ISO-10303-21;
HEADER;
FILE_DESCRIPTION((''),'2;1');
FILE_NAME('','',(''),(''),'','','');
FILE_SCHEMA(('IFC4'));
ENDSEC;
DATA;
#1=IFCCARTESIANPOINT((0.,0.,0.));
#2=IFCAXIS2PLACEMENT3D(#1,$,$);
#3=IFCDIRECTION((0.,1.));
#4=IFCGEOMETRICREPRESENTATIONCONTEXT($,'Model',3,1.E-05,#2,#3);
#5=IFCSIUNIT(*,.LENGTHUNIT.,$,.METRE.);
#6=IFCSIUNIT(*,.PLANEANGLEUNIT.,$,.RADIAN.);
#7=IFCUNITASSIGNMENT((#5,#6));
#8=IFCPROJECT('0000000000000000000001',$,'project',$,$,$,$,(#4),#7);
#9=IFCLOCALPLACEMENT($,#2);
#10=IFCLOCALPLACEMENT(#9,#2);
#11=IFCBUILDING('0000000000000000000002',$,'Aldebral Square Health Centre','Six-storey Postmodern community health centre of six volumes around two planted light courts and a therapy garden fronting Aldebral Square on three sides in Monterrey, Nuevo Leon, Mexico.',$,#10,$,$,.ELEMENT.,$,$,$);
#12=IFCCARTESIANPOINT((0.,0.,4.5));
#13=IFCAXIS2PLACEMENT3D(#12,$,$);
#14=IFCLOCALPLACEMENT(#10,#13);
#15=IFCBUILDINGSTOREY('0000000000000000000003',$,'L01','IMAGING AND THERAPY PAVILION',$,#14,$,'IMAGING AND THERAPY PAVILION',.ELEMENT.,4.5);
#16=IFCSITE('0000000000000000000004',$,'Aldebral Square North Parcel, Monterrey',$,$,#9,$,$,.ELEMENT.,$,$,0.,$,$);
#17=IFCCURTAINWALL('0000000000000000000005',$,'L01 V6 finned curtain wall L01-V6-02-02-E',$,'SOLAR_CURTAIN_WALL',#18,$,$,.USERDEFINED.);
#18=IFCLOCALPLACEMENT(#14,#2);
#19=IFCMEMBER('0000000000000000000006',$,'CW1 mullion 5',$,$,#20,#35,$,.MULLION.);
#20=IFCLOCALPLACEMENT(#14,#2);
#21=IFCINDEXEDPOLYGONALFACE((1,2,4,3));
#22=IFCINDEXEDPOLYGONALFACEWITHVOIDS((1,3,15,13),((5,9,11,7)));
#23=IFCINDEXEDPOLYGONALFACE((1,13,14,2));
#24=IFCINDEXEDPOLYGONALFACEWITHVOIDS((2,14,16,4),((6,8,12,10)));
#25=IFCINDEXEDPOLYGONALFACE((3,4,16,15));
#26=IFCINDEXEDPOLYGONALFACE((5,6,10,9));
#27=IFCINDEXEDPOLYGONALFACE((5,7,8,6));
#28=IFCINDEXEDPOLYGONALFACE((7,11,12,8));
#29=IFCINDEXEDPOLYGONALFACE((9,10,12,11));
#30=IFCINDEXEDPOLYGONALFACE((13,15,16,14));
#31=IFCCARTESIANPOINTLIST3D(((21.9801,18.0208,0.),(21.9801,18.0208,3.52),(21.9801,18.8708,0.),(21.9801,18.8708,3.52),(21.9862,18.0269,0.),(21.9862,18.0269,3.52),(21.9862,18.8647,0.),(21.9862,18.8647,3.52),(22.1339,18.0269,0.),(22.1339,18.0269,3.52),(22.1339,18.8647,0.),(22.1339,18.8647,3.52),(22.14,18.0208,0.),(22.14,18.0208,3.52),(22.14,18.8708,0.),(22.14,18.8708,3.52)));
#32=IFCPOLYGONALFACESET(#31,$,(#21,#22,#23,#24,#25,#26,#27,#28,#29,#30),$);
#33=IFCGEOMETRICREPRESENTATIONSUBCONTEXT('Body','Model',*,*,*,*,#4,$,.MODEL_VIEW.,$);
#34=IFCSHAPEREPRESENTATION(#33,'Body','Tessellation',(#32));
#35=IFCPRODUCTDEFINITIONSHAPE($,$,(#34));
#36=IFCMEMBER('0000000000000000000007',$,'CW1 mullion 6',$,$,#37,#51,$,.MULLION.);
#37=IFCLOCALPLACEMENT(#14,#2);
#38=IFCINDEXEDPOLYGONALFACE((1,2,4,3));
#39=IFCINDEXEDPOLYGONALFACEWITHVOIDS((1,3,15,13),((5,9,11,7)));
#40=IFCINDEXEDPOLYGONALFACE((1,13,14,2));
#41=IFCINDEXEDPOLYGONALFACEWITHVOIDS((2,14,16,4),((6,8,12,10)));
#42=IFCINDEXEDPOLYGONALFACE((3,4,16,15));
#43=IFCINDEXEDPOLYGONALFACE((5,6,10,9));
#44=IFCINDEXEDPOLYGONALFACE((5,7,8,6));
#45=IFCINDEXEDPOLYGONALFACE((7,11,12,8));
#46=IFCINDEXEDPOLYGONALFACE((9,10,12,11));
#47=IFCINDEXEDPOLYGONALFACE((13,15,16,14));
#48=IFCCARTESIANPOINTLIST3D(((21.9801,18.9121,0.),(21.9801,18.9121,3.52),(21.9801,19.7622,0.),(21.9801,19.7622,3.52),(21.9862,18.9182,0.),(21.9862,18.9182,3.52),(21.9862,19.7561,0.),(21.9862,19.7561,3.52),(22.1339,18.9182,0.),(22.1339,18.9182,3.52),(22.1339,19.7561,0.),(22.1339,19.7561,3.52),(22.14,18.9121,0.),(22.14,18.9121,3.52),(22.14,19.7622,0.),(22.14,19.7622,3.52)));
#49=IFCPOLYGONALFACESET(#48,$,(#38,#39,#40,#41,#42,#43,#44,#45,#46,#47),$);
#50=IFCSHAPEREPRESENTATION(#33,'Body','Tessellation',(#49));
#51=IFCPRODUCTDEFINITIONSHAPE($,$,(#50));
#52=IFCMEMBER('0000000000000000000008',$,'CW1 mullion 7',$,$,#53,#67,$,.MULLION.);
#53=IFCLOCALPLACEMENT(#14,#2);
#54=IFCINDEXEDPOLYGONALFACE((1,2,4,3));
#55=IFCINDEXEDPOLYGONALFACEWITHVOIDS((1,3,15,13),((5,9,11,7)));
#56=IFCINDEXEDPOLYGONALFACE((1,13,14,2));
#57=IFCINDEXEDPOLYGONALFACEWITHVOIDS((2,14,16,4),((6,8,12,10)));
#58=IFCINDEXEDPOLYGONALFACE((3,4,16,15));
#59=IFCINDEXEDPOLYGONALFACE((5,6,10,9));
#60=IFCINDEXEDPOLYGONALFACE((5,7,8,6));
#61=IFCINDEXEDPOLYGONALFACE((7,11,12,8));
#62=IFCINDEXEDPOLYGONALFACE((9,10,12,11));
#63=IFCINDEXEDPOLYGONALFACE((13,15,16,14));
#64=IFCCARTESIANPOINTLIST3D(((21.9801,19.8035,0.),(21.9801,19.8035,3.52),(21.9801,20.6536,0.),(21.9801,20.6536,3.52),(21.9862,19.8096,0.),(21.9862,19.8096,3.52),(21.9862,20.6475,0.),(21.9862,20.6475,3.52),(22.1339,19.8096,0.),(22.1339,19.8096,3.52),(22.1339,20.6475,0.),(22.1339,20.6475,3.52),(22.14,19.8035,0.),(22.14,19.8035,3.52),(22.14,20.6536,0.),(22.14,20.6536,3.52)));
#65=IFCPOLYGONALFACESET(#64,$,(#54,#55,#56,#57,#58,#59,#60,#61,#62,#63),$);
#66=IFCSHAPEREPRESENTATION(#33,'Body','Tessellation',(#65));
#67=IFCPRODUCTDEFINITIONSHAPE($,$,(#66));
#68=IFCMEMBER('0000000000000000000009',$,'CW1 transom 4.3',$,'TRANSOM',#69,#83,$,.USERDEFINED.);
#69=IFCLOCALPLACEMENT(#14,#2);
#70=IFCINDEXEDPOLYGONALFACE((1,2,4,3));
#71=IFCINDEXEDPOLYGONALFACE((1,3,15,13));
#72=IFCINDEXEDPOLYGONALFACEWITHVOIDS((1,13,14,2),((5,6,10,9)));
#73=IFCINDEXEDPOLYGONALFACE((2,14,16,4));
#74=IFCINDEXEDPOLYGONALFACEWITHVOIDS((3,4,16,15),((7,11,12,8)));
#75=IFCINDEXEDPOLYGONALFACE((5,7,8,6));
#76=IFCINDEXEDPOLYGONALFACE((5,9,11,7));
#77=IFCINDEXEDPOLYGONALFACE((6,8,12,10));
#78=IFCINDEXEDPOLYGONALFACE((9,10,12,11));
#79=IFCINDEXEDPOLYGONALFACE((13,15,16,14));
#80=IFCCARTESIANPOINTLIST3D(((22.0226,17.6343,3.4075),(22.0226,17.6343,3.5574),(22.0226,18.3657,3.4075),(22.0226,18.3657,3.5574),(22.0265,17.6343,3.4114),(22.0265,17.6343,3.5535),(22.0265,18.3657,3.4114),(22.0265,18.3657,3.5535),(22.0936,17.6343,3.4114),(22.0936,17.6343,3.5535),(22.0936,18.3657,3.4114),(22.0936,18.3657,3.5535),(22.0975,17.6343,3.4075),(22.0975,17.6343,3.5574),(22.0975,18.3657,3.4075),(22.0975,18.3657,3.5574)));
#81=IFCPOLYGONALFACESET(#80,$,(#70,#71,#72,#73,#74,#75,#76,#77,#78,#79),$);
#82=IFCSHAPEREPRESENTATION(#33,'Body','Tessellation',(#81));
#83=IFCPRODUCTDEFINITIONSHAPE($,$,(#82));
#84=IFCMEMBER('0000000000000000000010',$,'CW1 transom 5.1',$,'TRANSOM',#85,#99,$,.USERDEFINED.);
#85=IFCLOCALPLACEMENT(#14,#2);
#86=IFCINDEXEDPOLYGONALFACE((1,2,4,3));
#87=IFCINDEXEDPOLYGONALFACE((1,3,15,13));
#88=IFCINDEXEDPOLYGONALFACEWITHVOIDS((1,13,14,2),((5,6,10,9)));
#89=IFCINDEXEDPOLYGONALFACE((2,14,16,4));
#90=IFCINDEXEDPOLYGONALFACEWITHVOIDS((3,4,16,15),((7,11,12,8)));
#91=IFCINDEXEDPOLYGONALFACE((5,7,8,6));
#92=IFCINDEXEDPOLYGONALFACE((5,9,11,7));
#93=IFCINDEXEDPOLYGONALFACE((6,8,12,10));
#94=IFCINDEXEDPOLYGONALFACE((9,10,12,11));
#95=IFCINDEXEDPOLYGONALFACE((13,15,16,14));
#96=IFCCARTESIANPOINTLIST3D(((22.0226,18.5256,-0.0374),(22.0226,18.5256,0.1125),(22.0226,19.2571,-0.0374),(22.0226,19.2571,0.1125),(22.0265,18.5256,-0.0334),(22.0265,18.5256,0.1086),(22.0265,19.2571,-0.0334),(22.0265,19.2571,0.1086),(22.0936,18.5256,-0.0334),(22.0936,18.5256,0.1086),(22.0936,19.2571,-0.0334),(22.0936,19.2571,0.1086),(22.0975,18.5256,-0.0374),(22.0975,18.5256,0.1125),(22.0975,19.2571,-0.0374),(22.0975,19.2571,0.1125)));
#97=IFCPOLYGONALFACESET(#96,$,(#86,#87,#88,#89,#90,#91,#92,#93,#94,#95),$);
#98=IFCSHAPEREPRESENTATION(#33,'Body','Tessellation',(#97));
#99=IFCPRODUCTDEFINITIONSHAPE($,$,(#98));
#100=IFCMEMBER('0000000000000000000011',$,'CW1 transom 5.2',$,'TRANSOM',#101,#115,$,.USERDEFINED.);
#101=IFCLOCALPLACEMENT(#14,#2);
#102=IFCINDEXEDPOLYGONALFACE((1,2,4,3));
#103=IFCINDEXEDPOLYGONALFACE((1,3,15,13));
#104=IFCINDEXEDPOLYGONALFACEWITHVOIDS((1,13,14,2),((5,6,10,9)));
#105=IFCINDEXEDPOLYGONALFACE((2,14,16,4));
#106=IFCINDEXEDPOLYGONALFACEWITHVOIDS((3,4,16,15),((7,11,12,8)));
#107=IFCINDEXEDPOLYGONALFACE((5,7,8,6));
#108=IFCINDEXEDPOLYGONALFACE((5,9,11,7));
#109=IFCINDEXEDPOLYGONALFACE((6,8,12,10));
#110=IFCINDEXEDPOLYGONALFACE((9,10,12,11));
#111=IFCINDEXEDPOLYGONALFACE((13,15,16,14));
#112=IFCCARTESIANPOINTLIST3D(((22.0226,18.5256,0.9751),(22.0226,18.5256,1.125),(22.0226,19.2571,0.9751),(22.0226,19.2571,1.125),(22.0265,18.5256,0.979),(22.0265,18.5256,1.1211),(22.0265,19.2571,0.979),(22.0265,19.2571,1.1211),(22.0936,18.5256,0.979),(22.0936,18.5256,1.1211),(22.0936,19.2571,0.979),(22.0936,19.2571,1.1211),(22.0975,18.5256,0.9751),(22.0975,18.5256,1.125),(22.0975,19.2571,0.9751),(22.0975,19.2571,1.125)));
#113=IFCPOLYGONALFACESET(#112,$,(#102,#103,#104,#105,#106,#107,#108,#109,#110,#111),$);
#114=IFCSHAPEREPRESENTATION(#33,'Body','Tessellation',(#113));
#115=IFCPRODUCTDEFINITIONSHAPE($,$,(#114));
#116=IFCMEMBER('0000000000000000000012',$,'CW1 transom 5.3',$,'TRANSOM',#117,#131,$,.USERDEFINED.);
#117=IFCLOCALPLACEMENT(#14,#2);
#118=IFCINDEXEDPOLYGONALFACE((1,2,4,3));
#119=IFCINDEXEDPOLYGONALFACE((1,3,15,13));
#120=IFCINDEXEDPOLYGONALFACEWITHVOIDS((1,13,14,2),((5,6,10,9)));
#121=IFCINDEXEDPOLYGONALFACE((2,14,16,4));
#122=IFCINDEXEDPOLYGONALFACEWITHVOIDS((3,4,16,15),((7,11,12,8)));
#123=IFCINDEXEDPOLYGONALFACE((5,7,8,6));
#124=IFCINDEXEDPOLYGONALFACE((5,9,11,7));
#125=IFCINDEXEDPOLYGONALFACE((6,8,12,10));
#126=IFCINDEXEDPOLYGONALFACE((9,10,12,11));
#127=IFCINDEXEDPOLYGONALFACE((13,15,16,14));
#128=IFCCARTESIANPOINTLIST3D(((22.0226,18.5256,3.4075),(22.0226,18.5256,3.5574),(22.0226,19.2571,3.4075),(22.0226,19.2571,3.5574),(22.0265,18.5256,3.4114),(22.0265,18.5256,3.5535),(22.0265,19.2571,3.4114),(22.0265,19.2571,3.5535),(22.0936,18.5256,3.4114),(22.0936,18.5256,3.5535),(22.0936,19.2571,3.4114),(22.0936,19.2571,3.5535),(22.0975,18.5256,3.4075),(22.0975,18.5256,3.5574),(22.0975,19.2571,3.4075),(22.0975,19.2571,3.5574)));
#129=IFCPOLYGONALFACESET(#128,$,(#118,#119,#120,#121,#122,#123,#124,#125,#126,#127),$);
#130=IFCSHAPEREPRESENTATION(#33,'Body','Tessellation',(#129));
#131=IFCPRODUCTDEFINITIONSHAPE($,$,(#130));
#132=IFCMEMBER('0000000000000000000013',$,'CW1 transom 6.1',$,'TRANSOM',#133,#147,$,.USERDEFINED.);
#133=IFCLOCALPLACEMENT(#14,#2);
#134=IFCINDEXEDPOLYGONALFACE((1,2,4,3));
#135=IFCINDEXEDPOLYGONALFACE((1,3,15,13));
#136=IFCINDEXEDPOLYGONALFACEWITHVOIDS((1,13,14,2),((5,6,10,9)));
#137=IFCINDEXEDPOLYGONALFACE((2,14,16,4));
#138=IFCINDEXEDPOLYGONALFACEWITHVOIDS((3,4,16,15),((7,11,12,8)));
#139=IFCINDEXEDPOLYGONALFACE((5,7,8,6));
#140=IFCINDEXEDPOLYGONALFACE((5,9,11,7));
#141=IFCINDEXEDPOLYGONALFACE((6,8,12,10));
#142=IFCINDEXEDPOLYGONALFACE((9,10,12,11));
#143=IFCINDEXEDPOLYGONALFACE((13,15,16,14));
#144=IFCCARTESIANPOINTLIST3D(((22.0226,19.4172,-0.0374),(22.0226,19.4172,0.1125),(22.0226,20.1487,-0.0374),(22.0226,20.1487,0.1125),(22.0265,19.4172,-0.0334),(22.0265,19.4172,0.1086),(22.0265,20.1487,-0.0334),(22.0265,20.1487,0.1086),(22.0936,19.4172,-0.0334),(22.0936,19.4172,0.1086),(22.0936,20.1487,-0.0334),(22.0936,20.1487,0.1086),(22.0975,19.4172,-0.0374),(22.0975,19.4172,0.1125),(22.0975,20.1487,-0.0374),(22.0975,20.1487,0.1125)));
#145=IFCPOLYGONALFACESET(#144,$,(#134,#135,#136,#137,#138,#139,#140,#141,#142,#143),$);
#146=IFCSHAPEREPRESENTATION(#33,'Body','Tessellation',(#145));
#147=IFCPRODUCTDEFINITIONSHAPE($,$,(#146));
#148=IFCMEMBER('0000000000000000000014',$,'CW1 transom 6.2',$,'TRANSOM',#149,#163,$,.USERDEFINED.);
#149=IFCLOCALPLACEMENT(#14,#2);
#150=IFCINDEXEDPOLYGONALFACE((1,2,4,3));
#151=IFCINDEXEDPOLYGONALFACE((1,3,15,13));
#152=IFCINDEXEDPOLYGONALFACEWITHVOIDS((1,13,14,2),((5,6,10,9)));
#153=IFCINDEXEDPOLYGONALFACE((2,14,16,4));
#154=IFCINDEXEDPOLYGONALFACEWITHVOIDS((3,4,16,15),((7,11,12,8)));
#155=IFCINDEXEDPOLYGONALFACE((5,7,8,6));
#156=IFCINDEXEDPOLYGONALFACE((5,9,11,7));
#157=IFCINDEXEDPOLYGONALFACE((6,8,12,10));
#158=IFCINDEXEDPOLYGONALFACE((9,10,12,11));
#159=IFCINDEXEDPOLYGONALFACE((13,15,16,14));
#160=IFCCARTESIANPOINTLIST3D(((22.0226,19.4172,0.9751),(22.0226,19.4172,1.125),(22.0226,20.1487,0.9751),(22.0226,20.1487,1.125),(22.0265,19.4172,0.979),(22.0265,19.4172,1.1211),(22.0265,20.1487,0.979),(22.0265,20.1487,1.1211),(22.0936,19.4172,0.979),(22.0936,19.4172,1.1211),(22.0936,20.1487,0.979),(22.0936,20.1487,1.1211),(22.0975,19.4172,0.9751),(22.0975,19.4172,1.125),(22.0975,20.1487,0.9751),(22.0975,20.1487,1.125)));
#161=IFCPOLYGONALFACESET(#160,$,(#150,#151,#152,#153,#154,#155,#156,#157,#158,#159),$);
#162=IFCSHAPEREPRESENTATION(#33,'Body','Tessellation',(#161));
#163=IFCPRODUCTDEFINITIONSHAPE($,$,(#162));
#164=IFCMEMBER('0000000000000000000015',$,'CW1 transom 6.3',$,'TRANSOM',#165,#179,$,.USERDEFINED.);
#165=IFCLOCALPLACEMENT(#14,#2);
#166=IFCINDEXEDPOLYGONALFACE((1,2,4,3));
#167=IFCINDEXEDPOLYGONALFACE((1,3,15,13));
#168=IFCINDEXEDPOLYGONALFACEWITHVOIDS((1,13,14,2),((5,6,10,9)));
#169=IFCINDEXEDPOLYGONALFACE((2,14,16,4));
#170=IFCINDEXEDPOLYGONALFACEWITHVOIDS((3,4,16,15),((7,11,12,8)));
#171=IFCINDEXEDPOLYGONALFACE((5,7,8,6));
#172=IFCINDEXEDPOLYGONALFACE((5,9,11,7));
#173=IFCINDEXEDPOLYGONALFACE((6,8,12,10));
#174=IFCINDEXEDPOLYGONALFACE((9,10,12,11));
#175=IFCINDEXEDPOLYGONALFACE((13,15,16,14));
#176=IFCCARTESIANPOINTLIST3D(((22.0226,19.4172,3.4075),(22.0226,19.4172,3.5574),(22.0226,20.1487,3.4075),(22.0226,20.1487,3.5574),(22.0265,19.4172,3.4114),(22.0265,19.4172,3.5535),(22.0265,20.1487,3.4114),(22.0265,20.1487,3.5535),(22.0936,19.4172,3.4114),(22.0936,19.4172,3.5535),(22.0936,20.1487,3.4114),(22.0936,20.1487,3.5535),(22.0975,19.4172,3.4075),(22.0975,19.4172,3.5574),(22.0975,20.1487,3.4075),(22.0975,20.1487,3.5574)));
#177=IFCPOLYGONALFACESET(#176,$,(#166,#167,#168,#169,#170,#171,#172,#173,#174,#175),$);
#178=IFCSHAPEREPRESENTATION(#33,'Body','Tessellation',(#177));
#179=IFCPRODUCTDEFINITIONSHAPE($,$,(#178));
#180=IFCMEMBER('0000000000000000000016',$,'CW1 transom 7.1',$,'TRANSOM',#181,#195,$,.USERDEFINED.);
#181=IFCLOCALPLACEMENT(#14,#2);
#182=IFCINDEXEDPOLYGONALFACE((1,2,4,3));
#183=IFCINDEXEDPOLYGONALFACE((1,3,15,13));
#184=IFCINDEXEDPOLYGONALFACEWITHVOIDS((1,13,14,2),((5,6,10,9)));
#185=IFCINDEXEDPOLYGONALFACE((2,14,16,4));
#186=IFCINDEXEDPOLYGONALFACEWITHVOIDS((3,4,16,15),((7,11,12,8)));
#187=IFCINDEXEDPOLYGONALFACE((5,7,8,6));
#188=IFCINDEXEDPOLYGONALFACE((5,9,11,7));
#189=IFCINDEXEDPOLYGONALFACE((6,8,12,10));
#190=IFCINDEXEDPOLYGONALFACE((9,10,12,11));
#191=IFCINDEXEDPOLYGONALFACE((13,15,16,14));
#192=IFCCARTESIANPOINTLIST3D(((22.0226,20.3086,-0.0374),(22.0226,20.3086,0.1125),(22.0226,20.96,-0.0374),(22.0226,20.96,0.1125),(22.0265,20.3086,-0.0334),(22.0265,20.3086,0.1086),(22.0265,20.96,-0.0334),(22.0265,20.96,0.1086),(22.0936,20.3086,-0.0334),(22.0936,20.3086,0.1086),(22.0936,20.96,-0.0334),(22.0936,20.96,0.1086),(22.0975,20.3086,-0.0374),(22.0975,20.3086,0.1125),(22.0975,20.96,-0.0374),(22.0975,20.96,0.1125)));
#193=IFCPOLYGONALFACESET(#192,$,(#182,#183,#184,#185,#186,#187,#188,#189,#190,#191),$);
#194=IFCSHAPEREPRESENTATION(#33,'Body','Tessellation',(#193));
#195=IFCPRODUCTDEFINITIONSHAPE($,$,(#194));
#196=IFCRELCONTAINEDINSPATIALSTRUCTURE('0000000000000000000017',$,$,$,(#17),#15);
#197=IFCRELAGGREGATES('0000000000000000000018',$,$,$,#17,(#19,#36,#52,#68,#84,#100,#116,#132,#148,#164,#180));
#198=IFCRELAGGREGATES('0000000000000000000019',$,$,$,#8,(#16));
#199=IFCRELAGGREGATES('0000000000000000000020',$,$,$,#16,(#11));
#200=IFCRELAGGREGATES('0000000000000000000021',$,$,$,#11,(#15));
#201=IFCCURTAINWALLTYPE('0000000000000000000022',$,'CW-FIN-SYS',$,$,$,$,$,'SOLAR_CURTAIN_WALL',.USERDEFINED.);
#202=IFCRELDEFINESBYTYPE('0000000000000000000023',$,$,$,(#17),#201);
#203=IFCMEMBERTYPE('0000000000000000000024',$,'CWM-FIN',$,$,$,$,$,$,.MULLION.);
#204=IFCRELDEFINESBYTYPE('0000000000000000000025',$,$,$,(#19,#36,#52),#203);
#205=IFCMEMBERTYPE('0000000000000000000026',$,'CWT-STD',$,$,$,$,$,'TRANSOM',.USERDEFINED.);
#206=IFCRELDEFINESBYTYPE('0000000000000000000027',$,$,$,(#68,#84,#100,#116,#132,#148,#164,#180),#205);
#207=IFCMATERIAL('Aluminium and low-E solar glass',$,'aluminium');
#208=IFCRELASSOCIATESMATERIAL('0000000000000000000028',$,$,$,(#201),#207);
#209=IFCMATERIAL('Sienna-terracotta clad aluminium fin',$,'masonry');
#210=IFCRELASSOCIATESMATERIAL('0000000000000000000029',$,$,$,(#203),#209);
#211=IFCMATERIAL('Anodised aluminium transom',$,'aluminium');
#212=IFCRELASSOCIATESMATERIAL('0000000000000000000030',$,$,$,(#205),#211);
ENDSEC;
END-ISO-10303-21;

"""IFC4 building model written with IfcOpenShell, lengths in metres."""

from ifc_helpers import new_model, si_unit, direction, frame, origin, origin_2d, place, context, subcontext, project, spatial, hollow_rectangle, extrude, material, material_profile, profile_set, type_object, element, aggregate, save


model = new_model("IFC4")

# Units and contexts
model_context = context("Model", 3, precision=1e-05, world=origin(), true_north=direction((0.0, 1.0)))
body_context = subcontext(model_context, "Body", "Model", "MODEL_VIEW")
ifc_project = project(units=[si_unit("LENGTHUNIT", "METRE"), si_unit("PLANEANGLEUNIT", "RADIAN")], contexts=[model_context])

# Site, building, storey
site_placement = place(None, origin())
site = spatial("IfcSite", under=ifc_project, at=site_placement, Name="Aldebral Square North Parcel, Monterrey", CompositionType="ELEMENT", RefElevation=0.0)
building_placement = place(site_placement, origin())
building = spatial("IfcBuilding", under=site, at=building_placement, Name="Aldebral Square Health Centre", Description="Six-storey Postmodern community health centre of six volumes around two planted light courts and a therapy garden fronting Aldebral Square on three sides in Monterrey, Nuevo Leon, Mexico.", CompositionType="ELEMENT")
storey_placement = place(building_placement, frame((0.0, 0.0, 4.5)))
storey = spatial("IfcBuildingStorey", under=building, at=storey_placement, Name="L01", Description="IMAGING AND THERAPY PAVILION", LongName="IMAGING AND THERAPY PAVILION", CompositionType="ELEMENT", Elevation=4.5)

# Curtain wall, members
ifc_material_1 = material(Name="Aluminium and low-E solar glass", Category="aluminium")
curtain_wall_type = type_object("IfcCurtainWallType", Name="CW-FIN-SYS", ElementType="SOLAR_CURTAIN_WALL", PredefinedType="USERDEFINED", material=ifc_material_1)
curtain_wall_placement = place(storey_placement, origin())
curtain_wall = element("IfcCurtainWall", 1, at=curtain_wall_placement, inside=storey, type_object=curtain_wall_type, Name="L01 V6 finned curtain wall L01-V6-02-02-E", ObjectType="SOLAR_CURTAIN_WALL", PredefinedType="USERDEFINED")
ifc_material_2 = material(Name="Sienna-terracotta clad aluminium fin", Category="masonry")
ifc_material_profile_1 = material_profile(ifc_material_2, hollow_rectangle(XDim=0.1599, YDim=0.8501, WallThickness=0.0061, at=origin_2d()), Name="FIN 160x850x6")
ifc_profile_set_1 = profile_set([ifc_material_profile_1], Name="Sienna-terracotta clad aluminium fin")
member_type_1 = type_object("IfcMemberType", Name="CWM-FIN", PredefinedType="MULLION", material=ifc_profile_set_1)
member_1_placement = place(storey_placement, frame((22.0601, 18.4458, 0.0), z_axis=(0.0, 0.0, 1.0), x_axis=(-1.0, 0.0, 0.0)))
member_1 = element("IfcMember", 2, at=member_1_placement, type_object=member_type_1, Name="CW1 mullion 5", PredefinedType="MULLION", context=body_context, shape_type="SweptSolid", body=[
    extrude(hollow_rectangle(XDim=0.1599, YDim=0.8501, WallThickness=0.0061, at=origin_2d()), origin(), (0.0, 0.0, 1.0), 3.52),
])
member_2_placement = place(storey_placement, frame((22.0601, 19.3372, 0.0), z_axis=(0.0, 0.0, 1.0), x_axis=(-1.0, 0.0, 0.0)))
member_2 = element("IfcMember", 3, at=member_2_placement, type_object=member_type_1, Name="CW1 mullion 6", PredefinedType="MULLION", context=body_context, shape_type="SweptSolid", body=[
    extrude(hollow_rectangle(XDim=0.1599, YDim=0.8501, WallThickness=0.0061, at=origin_2d()), origin(), (0.0, 0.0, 1.0), 3.52),
])
member_3_placement = place(storey_placement, frame((22.0601, 20.2285, 0.0), z_axis=(0.0, 0.0, 1.0), x_axis=(-1.0, 0.0, 0.0)))
member_3 = element("IfcMember", 4, at=member_3_placement, type_object=member_type_1, Name="CW1 mullion 7", PredefinedType="MULLION", context=body_context, shape_type="SweptSolid", body=[
    extrude(hollow_rectangle(XDim=0.1599, YDim=0.8501, WallThickness=0.0061, at=origin_2d()), origin(), (0.0, 0.0, 1.0), 3.52),
])
ifc_material_3 = material(Name="Anodised aluminium transom", Category="aluminium")
ifc_material_profile_2 = material_profile(ifc_material_3, hollow_rectangle(XDim=0.075, YDim=0.1499, WallThickness=0.0039, at=origin_2d()), Name="CWT 75x150x4")
ifc_profile_set_2 = profile_set([ifc_material_profile_2], Name="Anodised aluminium transom")
member_type_2 = type_object("IfcMemberType", Name="CWT-STD", ElementType="TRANSOM", PredefinedType="USERDEFINED", material=ifc_profile_set_2)
member_4_placement = place(storey_placement, frame((22.0601, 17.6343, 3.4824), z_axis=(0.0, 1.0, 0.0), x_axis=(-1.0, 0.0, 0.0)))
member_4 = element("IfcMember", 5, at=member_4_placement, type_object=member_type_2, Name="CW1 transom 4.3", ObjectType="TRANSOM", PredefinedType="USERDEFINED", context=body_context, shape_type="SweptSolid", body=[
    extrude(hollow_rectangle(XDim=0.075, YDim=0.1499, WallThickness=0.0039, at=origin_2d()), origin(), (0.0, 0.0, 1.0), 0.7314),
])
member_5_placement = place(storey_placement, frame((22.0601, 18.5256, 0.0376), z_axis=(0.0, 1.0, 0.0), x_axis=(-1.0, 0.0, 0.0)))
member_5 = element("IfcMember", 6, at=member_5_placement, type_object=member_type_2, Name="CW1 transom 5.1", ObjectType="TRANSOM", PredefinedType="USERDEFINED", context=body_context, shape_type="SweptSolid", body=[
    extrude(hollow_rectangle(XDim=0.075, YDim=0.1499, WallThickness=0.0039, at=origin_2d()), origin(), (0.0, 0.0, 1.0), 0.7314),
])
member_6_placement = place(storey_placement, frame((22.0601, 18.5256, 1.05), z_axis=(0.0, 1.0, 0.0), x_axis=(-1.0, 0.0, 0.0)))
member_6 = element("IfcMember", 7, at=member_6_placement, type_object=member_type_2, Name="CW1 transom 5.2", ObjectType="TRANSOM", PredefinedType="USERDEFINED", context=body_context, shape_type="SweptSolid", body=[
    extrude(hollow_rectangle(XDim=0.075, YDim=0.1499, WallThickness=0.0039, at=origin_2d()), origin(), (0.0, 0.0, 1.0), 0.7314),
])
member_7_placement = place(storey_placement, frame((22.0601, 18.5256, 3.4824), z_axis=(0.0, 1.0, 0.0), x_axis=(-1.0, 0.0, 0.0)))
member_7 = element("IfcMember", 8, at=member_7_placement, type_object=member_type_2, Name="CW1 transom 5.3", ObjectType="TRANSOM", PredefinedType="USERDEFINED", context=body_context, shape_type="SweptSolid", body=[
    extrude(hollow_rectangle(XDim=0.075, YDim=0.1499, WallThickness=0.0039, at=origin_2d()), origin(), (0.0, 0.0, 1.0), 0.7314),
])
member_8_placement = place(storey_placement, frame((22.0601, 19.4172, 0.0376), z_axis=(0.0, 1.0, 0.0), x_axis=(-1.0, 0.0, 0.0)))
member_8 = element("IfcMember", 9, at=member_8_placement, type_object=member_type_2, Name="CW1 transom 6.1", ObjectType="TRANSOM", PredefinedType="USERDEFINED", context=body_context, shape_type="SweptSolid", body=[
    extrude(hollow_rectangle(XDim=0.075, YDim=0.1499, WallThickness=0.0039, at=origin_2d()), origin(), (0.0, 0.0, 1.0), 0.7314),
])
member_9_placement = place(storey_placement, frame((22.0601, 19.4172, 1.05), z_axis=(0.0, 1.0, 0.0), x_axis=(-1.0, 0.0, 0.0)))
member_9 = element("IfcMember", 10, at=member_9_placement, type_object=member_type_2, Name="CW1 transom 6.2", ObjectType="TRANSOM", PredefinedType="USERDEFINED", context=body_context, shape_type="SweptSolid", body=[
    extrude(hollow_rectangle(XDim=0.075, YDim=0.1499, WallThickness=0.0039, at=origin_2d()), origin(), (0.0, 0.0, 1.0), 0.7314),
])
member_10_placement = place(storey_placement, frame((22.0601, 19.4172, 3.4824), z_axis=(0.0, 1.0, 0.0), x_axis=(-1.0, 0.0, 0.0)))
member_10 = element("IfcMember", 11, at=member_10_placement, type_object=member_type_2, Name="CW1 transom 6.3", ObjectType="TRANSOM", PredefinedType="USERDEFINED", context=body_context, shape_type="SweptSolid", body=[
    extrude(hollow_rectangle(XDim=0.075, YDim=0.1499, WallThickness=0.0039, at=origin_2d()), origin(), (0.0, 0.0, 1.0), 0.7314),
])
member_11_placement = place(storey_placement, frame((22.0601, 20.3086, 0.0376), z_axis=(0.0, 1.0, 0.0), x_axis=(-1.0, 0.0, 0.0)))
member_11 = element("IfcMember", 12, at=member_11_placement, type_object=member_type_2, Name="CW1 transom 7.1", ObjectType="TRANSOM", PredefinedType="USERDEFINED", context=body_context, shape_type="SweptSolid", body=[
    extrude(hollow_rectangle(XDim=0.075, YDim=0.1499, WallThickness=0.0039, at=origin_2d()), origin(), (0.0, 0.0, 1.0), 0.6514),
])
aggregate(curtain_wall, [member_1, member_2, member_3, member_4, member_5, member_6, member_7, member_8, member_9, member_10, member_11])

save(model, "model.ifc")
